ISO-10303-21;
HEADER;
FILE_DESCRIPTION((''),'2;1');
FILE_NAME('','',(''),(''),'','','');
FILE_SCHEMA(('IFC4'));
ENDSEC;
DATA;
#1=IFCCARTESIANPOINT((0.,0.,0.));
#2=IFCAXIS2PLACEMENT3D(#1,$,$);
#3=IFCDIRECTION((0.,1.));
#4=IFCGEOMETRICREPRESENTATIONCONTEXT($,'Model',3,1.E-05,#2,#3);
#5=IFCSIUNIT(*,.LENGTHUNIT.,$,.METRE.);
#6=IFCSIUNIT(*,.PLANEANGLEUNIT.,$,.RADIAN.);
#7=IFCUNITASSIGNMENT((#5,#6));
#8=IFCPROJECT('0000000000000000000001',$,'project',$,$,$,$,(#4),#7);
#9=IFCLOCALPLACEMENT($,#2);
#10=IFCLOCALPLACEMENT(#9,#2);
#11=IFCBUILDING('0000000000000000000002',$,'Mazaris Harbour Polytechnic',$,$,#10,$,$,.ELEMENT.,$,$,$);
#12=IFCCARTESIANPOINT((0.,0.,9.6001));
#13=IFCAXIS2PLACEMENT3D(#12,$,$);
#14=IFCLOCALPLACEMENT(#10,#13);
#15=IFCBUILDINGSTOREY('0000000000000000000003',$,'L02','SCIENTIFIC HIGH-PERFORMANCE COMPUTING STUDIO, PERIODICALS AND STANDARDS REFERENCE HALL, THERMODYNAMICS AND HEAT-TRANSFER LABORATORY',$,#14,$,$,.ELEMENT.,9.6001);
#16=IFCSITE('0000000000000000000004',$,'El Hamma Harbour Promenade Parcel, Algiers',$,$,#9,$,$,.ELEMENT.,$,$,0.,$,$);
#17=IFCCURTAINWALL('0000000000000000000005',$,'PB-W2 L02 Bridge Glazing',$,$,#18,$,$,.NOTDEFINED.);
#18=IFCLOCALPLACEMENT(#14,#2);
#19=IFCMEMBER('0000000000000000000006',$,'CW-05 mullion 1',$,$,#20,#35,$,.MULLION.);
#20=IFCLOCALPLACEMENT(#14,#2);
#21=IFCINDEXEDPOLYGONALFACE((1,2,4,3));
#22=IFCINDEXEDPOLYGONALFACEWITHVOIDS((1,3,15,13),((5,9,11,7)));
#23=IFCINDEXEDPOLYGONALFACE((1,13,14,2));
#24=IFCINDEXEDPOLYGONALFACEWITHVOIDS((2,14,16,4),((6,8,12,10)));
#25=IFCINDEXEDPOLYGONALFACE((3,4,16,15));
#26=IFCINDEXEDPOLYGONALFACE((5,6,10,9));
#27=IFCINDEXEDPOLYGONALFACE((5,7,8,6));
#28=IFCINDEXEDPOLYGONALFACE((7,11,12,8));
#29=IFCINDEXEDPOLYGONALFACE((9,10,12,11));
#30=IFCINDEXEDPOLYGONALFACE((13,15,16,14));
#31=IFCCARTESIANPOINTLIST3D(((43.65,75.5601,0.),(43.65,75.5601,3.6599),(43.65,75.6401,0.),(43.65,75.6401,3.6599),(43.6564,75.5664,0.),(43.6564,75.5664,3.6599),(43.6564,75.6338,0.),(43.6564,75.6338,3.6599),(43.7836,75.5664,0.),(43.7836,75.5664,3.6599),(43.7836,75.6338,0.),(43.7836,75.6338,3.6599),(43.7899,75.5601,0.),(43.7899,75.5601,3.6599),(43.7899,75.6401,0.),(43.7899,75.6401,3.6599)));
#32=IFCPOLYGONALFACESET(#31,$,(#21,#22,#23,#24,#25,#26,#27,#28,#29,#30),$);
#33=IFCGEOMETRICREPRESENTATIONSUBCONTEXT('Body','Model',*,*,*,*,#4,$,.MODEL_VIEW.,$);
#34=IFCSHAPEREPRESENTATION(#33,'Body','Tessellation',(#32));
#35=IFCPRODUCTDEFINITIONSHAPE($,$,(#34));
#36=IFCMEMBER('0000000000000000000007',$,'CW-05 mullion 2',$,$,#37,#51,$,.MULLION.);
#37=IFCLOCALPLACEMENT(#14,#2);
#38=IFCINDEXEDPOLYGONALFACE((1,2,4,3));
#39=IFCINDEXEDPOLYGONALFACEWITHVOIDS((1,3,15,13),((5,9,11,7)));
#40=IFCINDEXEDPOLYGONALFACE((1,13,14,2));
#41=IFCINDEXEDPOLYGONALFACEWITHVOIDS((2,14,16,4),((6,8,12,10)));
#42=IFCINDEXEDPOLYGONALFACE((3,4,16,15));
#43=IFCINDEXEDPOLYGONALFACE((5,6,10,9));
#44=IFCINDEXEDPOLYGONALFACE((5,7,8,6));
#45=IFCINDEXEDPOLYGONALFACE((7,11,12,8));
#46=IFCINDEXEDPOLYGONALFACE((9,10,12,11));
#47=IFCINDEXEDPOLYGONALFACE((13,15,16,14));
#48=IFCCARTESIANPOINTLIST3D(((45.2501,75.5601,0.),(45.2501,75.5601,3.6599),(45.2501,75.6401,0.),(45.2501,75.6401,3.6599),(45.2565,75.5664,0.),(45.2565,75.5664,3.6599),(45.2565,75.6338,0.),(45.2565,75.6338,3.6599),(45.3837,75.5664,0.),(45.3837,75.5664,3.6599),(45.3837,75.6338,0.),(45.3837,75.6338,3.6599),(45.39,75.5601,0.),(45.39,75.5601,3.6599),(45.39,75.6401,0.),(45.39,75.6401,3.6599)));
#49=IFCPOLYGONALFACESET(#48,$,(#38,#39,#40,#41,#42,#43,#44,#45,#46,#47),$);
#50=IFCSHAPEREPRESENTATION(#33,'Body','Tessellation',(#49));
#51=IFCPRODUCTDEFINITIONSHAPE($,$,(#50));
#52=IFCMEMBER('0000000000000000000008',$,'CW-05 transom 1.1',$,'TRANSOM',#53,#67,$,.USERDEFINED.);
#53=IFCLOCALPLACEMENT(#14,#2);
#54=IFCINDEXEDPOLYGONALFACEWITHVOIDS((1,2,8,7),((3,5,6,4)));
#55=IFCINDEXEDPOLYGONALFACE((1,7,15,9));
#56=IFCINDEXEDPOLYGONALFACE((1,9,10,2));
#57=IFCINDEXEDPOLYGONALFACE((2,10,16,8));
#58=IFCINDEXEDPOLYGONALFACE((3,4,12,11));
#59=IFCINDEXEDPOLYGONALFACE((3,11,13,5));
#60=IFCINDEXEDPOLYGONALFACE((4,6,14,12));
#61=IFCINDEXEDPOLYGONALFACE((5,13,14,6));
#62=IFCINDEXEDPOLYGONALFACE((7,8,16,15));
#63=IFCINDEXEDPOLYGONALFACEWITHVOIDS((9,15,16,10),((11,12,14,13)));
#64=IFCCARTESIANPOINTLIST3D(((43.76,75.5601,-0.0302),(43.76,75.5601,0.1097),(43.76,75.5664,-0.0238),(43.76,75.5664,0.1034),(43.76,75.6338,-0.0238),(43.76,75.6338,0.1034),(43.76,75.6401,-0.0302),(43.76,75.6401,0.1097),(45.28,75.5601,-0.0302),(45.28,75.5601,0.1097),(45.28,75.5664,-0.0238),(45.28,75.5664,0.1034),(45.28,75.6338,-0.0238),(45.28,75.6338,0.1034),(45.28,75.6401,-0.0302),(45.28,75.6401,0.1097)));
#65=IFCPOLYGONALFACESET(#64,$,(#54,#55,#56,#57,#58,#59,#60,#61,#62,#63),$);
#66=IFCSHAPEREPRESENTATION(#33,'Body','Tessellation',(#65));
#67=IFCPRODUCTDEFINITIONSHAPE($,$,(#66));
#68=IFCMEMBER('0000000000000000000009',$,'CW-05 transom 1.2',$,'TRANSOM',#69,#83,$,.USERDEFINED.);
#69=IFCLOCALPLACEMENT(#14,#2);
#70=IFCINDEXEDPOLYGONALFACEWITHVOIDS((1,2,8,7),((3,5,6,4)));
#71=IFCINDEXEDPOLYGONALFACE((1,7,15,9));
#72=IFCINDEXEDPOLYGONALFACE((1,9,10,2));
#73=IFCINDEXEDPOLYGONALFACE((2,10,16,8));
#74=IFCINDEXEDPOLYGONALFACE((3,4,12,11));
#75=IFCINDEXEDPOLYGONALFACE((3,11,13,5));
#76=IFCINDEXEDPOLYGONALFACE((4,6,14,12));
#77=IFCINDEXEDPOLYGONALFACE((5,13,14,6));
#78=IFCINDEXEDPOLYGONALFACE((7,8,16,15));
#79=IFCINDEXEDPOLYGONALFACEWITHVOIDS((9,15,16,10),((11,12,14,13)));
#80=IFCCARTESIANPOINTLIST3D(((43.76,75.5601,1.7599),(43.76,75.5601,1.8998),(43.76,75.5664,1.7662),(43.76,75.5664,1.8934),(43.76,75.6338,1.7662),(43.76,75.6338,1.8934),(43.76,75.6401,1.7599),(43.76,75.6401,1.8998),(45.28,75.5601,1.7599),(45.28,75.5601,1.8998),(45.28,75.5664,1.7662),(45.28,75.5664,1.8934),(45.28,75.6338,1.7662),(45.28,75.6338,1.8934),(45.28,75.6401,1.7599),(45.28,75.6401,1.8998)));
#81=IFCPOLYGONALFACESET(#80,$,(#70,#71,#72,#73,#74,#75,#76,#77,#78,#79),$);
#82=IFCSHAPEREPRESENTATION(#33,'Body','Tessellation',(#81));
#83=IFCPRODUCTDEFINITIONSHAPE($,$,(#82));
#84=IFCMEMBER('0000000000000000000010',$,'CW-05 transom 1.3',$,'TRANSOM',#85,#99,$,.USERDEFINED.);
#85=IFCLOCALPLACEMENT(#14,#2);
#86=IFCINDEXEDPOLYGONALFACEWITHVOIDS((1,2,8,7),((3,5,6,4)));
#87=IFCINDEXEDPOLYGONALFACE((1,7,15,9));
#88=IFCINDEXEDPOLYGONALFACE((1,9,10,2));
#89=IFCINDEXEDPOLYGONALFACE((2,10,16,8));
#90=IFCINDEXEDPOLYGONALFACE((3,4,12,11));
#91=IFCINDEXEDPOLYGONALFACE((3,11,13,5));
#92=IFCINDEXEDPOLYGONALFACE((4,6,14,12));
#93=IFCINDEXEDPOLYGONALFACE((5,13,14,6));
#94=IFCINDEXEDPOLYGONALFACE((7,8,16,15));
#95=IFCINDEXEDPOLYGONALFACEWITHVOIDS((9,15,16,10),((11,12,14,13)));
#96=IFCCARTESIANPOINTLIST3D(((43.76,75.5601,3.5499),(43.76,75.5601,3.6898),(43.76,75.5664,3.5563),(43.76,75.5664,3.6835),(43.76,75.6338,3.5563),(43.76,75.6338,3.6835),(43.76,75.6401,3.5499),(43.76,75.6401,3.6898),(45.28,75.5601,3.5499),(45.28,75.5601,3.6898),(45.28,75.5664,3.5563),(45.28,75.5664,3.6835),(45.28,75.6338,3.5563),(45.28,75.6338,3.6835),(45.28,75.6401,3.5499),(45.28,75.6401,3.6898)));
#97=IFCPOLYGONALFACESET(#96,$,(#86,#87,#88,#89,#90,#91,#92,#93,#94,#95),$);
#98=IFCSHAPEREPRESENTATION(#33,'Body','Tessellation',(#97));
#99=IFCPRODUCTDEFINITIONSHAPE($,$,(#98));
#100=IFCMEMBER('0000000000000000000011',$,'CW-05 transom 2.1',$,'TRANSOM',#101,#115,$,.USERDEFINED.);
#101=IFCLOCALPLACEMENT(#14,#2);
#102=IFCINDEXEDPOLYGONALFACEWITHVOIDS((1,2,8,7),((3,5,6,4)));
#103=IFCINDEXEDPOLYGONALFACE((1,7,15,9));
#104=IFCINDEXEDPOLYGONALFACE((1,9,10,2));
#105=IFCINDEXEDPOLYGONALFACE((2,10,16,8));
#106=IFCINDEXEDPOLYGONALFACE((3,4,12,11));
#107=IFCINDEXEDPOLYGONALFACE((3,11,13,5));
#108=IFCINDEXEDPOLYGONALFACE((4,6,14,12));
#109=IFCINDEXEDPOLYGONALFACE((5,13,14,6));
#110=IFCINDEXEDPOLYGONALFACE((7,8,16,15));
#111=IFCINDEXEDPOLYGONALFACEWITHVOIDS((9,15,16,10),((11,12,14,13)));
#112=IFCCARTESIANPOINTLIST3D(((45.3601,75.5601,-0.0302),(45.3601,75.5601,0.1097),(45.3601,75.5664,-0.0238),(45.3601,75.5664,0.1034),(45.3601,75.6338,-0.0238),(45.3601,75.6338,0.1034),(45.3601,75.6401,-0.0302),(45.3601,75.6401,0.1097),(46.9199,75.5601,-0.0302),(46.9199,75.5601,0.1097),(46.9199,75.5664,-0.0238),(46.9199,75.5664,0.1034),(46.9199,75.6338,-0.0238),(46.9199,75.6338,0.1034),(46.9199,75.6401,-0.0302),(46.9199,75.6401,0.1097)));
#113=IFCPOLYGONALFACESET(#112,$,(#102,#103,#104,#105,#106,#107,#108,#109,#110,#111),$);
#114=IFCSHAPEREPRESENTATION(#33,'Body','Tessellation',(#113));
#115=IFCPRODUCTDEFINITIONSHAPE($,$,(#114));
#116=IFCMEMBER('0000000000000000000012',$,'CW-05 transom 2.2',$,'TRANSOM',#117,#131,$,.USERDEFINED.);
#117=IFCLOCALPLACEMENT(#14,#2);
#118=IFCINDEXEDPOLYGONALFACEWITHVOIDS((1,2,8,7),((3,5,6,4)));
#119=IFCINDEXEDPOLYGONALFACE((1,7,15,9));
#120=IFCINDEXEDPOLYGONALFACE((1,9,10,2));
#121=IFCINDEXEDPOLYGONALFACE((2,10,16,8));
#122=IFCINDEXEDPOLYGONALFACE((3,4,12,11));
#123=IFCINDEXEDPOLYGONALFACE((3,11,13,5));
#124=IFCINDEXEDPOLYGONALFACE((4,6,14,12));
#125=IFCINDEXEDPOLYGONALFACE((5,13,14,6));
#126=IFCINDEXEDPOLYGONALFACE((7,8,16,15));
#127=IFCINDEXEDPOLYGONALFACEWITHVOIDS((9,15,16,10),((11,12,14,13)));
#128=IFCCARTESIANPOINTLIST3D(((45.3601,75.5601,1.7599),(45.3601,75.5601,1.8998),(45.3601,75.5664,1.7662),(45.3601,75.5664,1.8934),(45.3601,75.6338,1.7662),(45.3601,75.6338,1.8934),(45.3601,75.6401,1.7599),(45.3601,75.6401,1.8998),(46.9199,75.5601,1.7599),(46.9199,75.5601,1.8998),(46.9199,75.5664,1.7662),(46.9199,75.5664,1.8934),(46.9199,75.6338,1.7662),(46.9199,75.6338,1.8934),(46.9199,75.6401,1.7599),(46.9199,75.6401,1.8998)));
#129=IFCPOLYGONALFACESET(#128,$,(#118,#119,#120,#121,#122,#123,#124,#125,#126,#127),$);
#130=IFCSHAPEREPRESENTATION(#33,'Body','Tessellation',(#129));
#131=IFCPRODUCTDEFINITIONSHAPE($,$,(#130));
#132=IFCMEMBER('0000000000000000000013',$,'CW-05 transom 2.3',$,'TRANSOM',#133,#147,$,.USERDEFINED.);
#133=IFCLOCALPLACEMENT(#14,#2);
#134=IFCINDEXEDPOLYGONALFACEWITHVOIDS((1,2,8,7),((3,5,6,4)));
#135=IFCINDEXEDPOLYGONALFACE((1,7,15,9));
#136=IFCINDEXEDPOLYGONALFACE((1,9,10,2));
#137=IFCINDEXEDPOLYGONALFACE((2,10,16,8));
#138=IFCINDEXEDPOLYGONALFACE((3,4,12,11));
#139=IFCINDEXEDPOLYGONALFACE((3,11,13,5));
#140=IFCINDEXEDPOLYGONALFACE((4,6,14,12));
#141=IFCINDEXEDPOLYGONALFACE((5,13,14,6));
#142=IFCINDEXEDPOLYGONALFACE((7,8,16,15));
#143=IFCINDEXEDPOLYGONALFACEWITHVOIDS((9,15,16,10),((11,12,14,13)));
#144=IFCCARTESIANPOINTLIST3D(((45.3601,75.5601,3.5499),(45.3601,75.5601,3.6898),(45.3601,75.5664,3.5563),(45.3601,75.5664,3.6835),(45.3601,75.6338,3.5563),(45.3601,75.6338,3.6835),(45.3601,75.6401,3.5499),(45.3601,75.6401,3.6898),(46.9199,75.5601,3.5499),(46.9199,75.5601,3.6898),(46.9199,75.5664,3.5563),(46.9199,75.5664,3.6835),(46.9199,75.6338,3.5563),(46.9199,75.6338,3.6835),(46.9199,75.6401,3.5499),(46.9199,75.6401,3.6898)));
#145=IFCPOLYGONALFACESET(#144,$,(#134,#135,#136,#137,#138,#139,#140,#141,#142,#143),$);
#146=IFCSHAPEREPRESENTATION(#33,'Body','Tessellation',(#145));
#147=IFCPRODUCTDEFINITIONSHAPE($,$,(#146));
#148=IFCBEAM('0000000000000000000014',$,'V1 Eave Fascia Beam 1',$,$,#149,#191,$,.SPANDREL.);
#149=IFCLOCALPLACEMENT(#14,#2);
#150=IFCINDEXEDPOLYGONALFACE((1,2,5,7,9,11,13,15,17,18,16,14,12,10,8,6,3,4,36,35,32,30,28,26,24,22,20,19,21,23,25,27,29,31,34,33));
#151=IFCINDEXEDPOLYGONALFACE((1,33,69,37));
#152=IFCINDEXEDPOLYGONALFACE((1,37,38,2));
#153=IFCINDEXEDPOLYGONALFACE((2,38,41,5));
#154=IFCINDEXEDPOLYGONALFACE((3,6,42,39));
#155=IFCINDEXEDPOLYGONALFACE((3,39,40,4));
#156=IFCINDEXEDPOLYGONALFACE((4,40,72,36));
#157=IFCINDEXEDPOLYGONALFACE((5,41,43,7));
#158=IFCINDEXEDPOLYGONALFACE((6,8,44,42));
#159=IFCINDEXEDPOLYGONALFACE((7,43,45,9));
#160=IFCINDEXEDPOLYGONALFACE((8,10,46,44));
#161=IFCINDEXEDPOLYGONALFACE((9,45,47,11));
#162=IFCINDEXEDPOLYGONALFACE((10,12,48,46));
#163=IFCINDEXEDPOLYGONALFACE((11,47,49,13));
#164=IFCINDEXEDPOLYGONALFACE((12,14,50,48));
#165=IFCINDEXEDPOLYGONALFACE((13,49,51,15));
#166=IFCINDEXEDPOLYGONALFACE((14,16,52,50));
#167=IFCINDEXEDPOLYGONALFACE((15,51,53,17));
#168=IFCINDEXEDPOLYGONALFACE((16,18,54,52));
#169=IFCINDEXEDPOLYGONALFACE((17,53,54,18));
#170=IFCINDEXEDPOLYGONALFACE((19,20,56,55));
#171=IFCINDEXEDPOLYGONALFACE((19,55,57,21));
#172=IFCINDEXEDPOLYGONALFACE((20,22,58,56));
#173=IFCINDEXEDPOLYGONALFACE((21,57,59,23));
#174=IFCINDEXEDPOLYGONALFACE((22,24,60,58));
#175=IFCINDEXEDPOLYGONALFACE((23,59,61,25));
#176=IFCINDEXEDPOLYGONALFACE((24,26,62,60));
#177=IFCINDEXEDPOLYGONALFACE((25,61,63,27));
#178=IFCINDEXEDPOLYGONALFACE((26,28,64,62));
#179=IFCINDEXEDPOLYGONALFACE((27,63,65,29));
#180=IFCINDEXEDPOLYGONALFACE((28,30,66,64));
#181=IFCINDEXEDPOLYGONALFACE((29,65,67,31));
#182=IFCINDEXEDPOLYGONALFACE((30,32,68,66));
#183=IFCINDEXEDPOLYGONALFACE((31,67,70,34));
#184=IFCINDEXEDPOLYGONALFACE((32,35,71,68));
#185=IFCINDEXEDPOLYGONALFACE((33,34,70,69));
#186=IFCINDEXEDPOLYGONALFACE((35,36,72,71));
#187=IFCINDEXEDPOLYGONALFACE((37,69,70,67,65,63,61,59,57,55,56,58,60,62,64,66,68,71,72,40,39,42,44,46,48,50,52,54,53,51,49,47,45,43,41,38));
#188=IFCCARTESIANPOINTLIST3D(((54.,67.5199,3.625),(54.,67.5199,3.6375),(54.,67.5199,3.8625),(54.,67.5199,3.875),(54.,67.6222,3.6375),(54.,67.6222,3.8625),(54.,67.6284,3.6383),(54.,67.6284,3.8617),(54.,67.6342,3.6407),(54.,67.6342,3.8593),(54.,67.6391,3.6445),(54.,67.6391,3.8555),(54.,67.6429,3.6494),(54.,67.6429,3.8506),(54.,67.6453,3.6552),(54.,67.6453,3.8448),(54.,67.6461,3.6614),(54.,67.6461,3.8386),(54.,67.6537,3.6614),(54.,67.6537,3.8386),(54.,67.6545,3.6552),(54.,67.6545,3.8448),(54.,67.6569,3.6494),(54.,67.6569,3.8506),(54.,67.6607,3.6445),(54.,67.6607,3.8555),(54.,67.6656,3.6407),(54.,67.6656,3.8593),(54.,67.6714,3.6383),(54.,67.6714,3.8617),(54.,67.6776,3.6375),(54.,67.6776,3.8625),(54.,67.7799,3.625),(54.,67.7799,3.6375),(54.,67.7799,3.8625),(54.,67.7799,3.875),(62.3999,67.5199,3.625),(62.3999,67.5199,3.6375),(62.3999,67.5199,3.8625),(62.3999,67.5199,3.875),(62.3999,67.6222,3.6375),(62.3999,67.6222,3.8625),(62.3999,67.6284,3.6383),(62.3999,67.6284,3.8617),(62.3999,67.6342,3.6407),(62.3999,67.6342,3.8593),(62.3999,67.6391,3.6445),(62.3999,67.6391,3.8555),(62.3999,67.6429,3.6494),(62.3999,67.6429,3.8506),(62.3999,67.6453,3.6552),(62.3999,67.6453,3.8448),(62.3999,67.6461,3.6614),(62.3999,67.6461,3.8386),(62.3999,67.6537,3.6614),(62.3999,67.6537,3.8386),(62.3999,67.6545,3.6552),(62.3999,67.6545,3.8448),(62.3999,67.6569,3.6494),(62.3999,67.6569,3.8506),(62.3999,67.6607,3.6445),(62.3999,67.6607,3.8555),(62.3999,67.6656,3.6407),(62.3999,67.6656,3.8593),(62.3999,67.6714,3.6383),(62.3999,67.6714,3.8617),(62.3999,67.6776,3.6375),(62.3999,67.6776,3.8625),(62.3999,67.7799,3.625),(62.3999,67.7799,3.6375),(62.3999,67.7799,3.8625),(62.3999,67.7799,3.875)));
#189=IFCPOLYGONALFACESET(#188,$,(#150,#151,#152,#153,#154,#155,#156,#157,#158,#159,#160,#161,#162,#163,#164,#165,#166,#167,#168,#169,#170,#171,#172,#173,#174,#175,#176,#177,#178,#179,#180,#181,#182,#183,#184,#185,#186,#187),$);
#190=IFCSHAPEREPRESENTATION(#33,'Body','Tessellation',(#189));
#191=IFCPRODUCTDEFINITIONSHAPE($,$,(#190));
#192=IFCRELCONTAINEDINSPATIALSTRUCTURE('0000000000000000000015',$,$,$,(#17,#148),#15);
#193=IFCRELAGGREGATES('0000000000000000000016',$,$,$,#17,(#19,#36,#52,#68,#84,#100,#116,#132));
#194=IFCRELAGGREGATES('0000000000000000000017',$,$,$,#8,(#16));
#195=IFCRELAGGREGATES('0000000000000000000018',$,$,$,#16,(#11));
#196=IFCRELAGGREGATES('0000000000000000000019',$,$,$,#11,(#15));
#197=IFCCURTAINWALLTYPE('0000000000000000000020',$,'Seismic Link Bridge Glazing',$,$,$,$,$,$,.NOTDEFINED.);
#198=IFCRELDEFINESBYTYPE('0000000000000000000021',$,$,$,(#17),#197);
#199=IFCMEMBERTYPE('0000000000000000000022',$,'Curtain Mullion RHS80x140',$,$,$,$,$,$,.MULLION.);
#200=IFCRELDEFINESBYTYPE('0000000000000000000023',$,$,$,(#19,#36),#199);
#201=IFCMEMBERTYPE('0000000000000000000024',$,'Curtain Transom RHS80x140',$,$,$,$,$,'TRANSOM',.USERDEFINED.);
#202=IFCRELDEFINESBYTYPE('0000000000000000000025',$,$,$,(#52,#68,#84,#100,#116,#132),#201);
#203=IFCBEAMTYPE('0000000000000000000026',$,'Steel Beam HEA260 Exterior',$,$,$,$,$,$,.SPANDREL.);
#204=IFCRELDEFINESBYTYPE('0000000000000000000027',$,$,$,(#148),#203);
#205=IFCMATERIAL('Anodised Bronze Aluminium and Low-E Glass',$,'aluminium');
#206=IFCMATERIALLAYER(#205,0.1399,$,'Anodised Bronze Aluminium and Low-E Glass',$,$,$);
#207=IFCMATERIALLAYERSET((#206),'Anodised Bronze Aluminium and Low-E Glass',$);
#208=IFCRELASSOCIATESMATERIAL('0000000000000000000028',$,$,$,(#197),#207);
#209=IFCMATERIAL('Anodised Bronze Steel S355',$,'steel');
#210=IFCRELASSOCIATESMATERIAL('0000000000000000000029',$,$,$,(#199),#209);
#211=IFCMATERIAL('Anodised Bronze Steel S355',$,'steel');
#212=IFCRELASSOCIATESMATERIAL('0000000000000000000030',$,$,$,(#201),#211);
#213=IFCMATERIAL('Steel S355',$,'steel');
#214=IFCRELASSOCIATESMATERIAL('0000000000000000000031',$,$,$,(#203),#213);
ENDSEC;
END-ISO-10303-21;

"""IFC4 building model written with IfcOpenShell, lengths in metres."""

from ifc_helpers import new_model, si_unit, direction, frame, origin, origin_2d, place, context, subcontext, project, spatial, hollow_rectangle, i_section, extrude, material, layer, layer_set, material_profile, profile_set, type_object, element, aggregate, save


model = new_model("IFC4")

# Units and contexts
model_context = context("Model", 3, precision=1e-05, world=origin(), true_north=direction((0.0, 1.0)))
body_context = subcontext(model_context, "Body", "Model", "MODEL_VIEW")
ifc_project = project(units=[si_unit("LENGTHUNIT", "METRE"), si_unit("PLANEANGLEUNIT", "RADIAN")], contexts=[model_context])

# Site, building, storey
site_placement = place(None, origin())
site = spatial("IfcSite", under=ifc_project, at=site_placement, Name="El Hamma Harbour Promenade Parcel, Algiers", CompositionType="ELEMENT", RefElevation=0.0)
building_placement = place(site_placement, origin())
building = spatial("IfcBuilding", under=site, at=building_placement, Name="Mazaris Harbour Polytechnic", CompositionType="ELEMENT")
storey_placement = place(building_placement, frame((0.0, 0.0, 9.6001)))
storey = spatial("IfcBuildingStorey", under=building, at=storey_placement, Name="L02", Description="SCIENTIFIC HIGH-PERFORMANCE COMPUTING STUDIO, PERIODICALS AND STANDARDS REFERENCE HALL, THERMODYNAMICS AND HEAT-TRANSFER LABORATORY", CompositionType="ELEMENT", Elevation=9.6001)

# Curtain wall, members
ifc_material_1 = material(Name="Anodised Bronze Aluminium and Low-E Glass", Category="aluminium")
ifc_layer_1 = layer(ifc_material_1, 0.1399, Name="Anodised Bronze Aluminium and Low-E Glass")
ifc_layer_set_1 = layer_set([ifc_layer_1], Name="Anodised Bronze Aluminium and Low-E Glass")
curtain_wall_type = type_object("IfcCurtainWallType", Name="Seismic Link Bridge Glazing", PredefinedType="NOTDEFINED", material=ifc_layer_set_1)
curtain_wall_placement = place(storey_placement, origin())
curtain_wall = element("IfcCurtainWall", 1, at=curtain_wall_placement, inside=storey, type_object=curtain_wall_type, Name="PB-W2 L02 Bridge Glazing", PredefinedType="NOTDEFINED")
ifc_material_2 = material(Name="Anodised Bronze Steel S355", Category="steel")
ifc_material_profile_1 = material_profile(ifc_material_2, hollow_rectangle(XDim=0.0801, YDim=0.1399, WallThickness=0.0063, at=origin_2d()), Name="RHS 80x140x6.3")
ifc_profile_set_1 = profile_set([ifc_material_profile_1], Name="Anodised Bronze Steel S355")
member_type_1 = type_object("IfcMemberType", Name="Curtain Mullion RHS80x140", PredefinedType="MULLION", material=ifc_profile_set_1)
member_1_placement = place(storey_placement, frame((43.72, 75.6001, 0.0), z_axis=(0.0, 0.0, 1.0), x_axis=(0.0, 1.0, 0.0)))
member_1 = element("IfcMember", 2, at=member_1_placement, type_object=member_type_1, Name="CW-05 mullion 1", PredefinedType="MULLION", context=body_context, shape_type="SweptSolid", body=[
    extrude(hollow_rectangle(XDim=0.0801, YDim=0.1399, WallThickness=0.0063, at=origin_2d()), origin(), (0.0, 0.0, 1.0), 3.6599),
])
member_2_placement = place(storey_placement, frame((45.3201, 75.6001, 0.0), z_axis=(0.0, 0.0, 1.0), x_axis=(0.0, 1.0, 0.0)))
member_2 = element("IfcMember", 3, at=member_2_placement, type_object=member_type_1, Name="CW-05 mullion 2", PredefinedType="MULLION", context=body_context, shape_type="SweptSolid", body=[
    extrude(hollow_rectangle(XDim=0.0801, YDim=0.1399, WallThickness=0.0063, at=origin_2d()), origin(), (0.0, 0.0, 1.0), 3.6599),
])
ifc_material_3 = material(Name="Anodised Bronze Steel S355", Category="steel")
ifc_material_profile_2 = material_profile(ifc_material_3, hollow_rectangle(XDim=0.0801, YDim=0.1399, WallThickness=0.0063, at=origin_2d()), Name="RHS 80x140x6.3")
ifc_profile_set_2 = profile_set([ifc_material_profile_2], Name="Anodised Bronze Steel S355")
member_type_2 = type_object("IfcMemberType", Name="Curtain Transom RHS80x140", ElementType="TRANSOM", PredefinedType="USERDEFINED", material=ifc_profile_set_2)
member_3_placement = place(storey_placement, frame((43.76, 75.6001, 0.0398), z_axis=(1.0, 0.0, 0.0), x_axis=(0.0, 1.0, 0.0)))
member_3 = element("IfcMember", 4, at=member_3_placement, type_object=member_type_2, Name="CW-05 transom 1.1", ObjectType="TRANSOM", PredefinedType="USERDEFINED", context=body_context, shape_type="SweptSolid", body=[
    extrude(hollow_rectangle(XDim=0.0801, YDim=0.1399, WallThickness=0.0063, at=origin_2d()), origin(), (0.0, 0.0, 1.0), 1.52),
])
member_4_placement = place(storey_placement, frame((43.76, 75.6001, 1.8298), z_axis=(1.0, 0.0, 0.0), x_axis=(0.0, 1.0, 0.0)))
member_4 = element("IfcMember", 5, at=member_4_placement, type_object=member_type_2, Name="CW-05 transom 1.2", ObjectType="TRANSOM", PredefinedType="USERDEFINED", context=body_context, shape_type="SweptSolid", body=[
    extrude(hollow_rectangle(XDim=0.0801, YDim=0.1399, WallThickness=0.0063, at=origin_2d()), origin(), (0.0, 0.0, 1.0), 1.52),
])
member_5_placement = place(storey_placement, frame((43.76, 75.6001, 3.6199), z_axis=(1.0, 0.0, 0.0), x_axis=(0.0, 1.0, 0.0)))
member_5 = element("IfcMember", 6, at=member_5_placement, type_object=member_type_2, Name="CW-05 transom 1.3", ObjectType="TRANSOM", PredefinedType="USERDEFINED", context=body_context, shape_type="SweptSolid", body=[
    extrude(hollow_rectangle(XDim=0.0801, YDim=0.1399, WallThickness=0.0063, at=origin_2d()), origin(), (0.0, 0.0, 1.0), 1.52),
])
member_6_placement = place(storey_placement, frame((45.3601, 75.6001, 0.0398), z_axis=(1.0, 0.0, 0.0), x_axis=(0.0, 1.0, 0.0)))
member_6 = element("IfcMember", 7, at=member_6_placement, type_object=member_type_2, Name="CW-05 transom 2.1", ObjectType="TRANSOM", PredefinedType="USERDEFINED", context=body_context, shape_type="SweptSolid", body=[
    extrude(hollow_rectangle(XDim=0.0801, YDim=0.1399, WallThickness=0.0063, at=origin_2d()), origin(), (0.0, 0.0, 1.0), 1.5598),
])
member_7_placement = place(storey_placement, frame((45.3601, 75.6001, 1.8298), z_axis=(1.0, 0.0, 0.0), x_axis=(0.0, 1.0, 0.0)))
member_7 = element("IfcMember", 8, at=member_7_placement, type_object=member_type_2, Name="CW-05 transom 2.2", ObjectType="TRANSOM", PredefinedType="USERDEFINED", context=body_context, shape_type="SweptSolid", body=[
    extrude(hollow_rectangle(XDim=0.0801, YDim=0.1399, WallThickness=0.0063, at=origin_2d()), origin(), (0.0, 0.0, 1.0), 1.5598),
])
member_8_placement = place(storey_placement, frame((45.3601, 75.6001, 3.6199), z_axis=(1.0, 0.0, 0.0), x_axis=(0.0, 1.0, 0.0)))
member_8 = element("IfcMember", 9, at=member_8_placement, type_object=member_type_2, Name="CW-05 transom 2.3", ObjectType="TRANSOM", PredefinedType="USERDEFINED", context=body_context, shape_type="SweptSolid", body=[
    extrude(hollow_rectangle(XDim=0.0801, YDim=0.1399, WallThickness=0.0063, at=origin_2d()), origin(), (0.0, 0.0, 1.0), 1.5598),
])

# Beam
ifc_material_4 = material(Name="Steel S355", Category="steel")
ifc_material_profile_3 = material_profile(ifc_material_4, i_section(OverallWidth=0.26, OverallDepth=0.25, WebThickness=0.0076, FlangeThickness=0.0125, FilletRadius=0.0239, at=origin_2d()), Name="HEA 260")
ifc_profile_set_3 = profile_set([ifc_material_profile_3], Name="Steel S355")
beam_type = type_object("IfcBeamType", Name="Steel Beam HEA260 Exterior", PredefinedType="SPANDREL", material=ifc_profile_set_3)
beam_placement = place(storey_placement, frame((54.0, 67.6499, 3.75), z_axis=(1.0, 0.0, 0.0), x_axis=(0.0, 1.0, 0.0)))
element("IfcBeam", 10, at=beam_placement, inside=storey, type_object=beam_type, Name="V1 Eave Fascia Beam 1", PredefinedType="SPANDREL", context=body_context, shape_type="SweptSolid", body=[
    extrude(i_section(OverallWidth=0.26, OverallDepth=0.25, WebThickness=0.0076, FlangeThickness=0.0125, FilletRadius=0.0239, at=origin_2d()), origin(), (0.0, 0.0, 1.0), 8.3999),
])

aggregate(curtain_wall, [member_1, member_2, member_3, member_4, member_5, member_6, member_7, member_8])

save(model, "model.ifc")
